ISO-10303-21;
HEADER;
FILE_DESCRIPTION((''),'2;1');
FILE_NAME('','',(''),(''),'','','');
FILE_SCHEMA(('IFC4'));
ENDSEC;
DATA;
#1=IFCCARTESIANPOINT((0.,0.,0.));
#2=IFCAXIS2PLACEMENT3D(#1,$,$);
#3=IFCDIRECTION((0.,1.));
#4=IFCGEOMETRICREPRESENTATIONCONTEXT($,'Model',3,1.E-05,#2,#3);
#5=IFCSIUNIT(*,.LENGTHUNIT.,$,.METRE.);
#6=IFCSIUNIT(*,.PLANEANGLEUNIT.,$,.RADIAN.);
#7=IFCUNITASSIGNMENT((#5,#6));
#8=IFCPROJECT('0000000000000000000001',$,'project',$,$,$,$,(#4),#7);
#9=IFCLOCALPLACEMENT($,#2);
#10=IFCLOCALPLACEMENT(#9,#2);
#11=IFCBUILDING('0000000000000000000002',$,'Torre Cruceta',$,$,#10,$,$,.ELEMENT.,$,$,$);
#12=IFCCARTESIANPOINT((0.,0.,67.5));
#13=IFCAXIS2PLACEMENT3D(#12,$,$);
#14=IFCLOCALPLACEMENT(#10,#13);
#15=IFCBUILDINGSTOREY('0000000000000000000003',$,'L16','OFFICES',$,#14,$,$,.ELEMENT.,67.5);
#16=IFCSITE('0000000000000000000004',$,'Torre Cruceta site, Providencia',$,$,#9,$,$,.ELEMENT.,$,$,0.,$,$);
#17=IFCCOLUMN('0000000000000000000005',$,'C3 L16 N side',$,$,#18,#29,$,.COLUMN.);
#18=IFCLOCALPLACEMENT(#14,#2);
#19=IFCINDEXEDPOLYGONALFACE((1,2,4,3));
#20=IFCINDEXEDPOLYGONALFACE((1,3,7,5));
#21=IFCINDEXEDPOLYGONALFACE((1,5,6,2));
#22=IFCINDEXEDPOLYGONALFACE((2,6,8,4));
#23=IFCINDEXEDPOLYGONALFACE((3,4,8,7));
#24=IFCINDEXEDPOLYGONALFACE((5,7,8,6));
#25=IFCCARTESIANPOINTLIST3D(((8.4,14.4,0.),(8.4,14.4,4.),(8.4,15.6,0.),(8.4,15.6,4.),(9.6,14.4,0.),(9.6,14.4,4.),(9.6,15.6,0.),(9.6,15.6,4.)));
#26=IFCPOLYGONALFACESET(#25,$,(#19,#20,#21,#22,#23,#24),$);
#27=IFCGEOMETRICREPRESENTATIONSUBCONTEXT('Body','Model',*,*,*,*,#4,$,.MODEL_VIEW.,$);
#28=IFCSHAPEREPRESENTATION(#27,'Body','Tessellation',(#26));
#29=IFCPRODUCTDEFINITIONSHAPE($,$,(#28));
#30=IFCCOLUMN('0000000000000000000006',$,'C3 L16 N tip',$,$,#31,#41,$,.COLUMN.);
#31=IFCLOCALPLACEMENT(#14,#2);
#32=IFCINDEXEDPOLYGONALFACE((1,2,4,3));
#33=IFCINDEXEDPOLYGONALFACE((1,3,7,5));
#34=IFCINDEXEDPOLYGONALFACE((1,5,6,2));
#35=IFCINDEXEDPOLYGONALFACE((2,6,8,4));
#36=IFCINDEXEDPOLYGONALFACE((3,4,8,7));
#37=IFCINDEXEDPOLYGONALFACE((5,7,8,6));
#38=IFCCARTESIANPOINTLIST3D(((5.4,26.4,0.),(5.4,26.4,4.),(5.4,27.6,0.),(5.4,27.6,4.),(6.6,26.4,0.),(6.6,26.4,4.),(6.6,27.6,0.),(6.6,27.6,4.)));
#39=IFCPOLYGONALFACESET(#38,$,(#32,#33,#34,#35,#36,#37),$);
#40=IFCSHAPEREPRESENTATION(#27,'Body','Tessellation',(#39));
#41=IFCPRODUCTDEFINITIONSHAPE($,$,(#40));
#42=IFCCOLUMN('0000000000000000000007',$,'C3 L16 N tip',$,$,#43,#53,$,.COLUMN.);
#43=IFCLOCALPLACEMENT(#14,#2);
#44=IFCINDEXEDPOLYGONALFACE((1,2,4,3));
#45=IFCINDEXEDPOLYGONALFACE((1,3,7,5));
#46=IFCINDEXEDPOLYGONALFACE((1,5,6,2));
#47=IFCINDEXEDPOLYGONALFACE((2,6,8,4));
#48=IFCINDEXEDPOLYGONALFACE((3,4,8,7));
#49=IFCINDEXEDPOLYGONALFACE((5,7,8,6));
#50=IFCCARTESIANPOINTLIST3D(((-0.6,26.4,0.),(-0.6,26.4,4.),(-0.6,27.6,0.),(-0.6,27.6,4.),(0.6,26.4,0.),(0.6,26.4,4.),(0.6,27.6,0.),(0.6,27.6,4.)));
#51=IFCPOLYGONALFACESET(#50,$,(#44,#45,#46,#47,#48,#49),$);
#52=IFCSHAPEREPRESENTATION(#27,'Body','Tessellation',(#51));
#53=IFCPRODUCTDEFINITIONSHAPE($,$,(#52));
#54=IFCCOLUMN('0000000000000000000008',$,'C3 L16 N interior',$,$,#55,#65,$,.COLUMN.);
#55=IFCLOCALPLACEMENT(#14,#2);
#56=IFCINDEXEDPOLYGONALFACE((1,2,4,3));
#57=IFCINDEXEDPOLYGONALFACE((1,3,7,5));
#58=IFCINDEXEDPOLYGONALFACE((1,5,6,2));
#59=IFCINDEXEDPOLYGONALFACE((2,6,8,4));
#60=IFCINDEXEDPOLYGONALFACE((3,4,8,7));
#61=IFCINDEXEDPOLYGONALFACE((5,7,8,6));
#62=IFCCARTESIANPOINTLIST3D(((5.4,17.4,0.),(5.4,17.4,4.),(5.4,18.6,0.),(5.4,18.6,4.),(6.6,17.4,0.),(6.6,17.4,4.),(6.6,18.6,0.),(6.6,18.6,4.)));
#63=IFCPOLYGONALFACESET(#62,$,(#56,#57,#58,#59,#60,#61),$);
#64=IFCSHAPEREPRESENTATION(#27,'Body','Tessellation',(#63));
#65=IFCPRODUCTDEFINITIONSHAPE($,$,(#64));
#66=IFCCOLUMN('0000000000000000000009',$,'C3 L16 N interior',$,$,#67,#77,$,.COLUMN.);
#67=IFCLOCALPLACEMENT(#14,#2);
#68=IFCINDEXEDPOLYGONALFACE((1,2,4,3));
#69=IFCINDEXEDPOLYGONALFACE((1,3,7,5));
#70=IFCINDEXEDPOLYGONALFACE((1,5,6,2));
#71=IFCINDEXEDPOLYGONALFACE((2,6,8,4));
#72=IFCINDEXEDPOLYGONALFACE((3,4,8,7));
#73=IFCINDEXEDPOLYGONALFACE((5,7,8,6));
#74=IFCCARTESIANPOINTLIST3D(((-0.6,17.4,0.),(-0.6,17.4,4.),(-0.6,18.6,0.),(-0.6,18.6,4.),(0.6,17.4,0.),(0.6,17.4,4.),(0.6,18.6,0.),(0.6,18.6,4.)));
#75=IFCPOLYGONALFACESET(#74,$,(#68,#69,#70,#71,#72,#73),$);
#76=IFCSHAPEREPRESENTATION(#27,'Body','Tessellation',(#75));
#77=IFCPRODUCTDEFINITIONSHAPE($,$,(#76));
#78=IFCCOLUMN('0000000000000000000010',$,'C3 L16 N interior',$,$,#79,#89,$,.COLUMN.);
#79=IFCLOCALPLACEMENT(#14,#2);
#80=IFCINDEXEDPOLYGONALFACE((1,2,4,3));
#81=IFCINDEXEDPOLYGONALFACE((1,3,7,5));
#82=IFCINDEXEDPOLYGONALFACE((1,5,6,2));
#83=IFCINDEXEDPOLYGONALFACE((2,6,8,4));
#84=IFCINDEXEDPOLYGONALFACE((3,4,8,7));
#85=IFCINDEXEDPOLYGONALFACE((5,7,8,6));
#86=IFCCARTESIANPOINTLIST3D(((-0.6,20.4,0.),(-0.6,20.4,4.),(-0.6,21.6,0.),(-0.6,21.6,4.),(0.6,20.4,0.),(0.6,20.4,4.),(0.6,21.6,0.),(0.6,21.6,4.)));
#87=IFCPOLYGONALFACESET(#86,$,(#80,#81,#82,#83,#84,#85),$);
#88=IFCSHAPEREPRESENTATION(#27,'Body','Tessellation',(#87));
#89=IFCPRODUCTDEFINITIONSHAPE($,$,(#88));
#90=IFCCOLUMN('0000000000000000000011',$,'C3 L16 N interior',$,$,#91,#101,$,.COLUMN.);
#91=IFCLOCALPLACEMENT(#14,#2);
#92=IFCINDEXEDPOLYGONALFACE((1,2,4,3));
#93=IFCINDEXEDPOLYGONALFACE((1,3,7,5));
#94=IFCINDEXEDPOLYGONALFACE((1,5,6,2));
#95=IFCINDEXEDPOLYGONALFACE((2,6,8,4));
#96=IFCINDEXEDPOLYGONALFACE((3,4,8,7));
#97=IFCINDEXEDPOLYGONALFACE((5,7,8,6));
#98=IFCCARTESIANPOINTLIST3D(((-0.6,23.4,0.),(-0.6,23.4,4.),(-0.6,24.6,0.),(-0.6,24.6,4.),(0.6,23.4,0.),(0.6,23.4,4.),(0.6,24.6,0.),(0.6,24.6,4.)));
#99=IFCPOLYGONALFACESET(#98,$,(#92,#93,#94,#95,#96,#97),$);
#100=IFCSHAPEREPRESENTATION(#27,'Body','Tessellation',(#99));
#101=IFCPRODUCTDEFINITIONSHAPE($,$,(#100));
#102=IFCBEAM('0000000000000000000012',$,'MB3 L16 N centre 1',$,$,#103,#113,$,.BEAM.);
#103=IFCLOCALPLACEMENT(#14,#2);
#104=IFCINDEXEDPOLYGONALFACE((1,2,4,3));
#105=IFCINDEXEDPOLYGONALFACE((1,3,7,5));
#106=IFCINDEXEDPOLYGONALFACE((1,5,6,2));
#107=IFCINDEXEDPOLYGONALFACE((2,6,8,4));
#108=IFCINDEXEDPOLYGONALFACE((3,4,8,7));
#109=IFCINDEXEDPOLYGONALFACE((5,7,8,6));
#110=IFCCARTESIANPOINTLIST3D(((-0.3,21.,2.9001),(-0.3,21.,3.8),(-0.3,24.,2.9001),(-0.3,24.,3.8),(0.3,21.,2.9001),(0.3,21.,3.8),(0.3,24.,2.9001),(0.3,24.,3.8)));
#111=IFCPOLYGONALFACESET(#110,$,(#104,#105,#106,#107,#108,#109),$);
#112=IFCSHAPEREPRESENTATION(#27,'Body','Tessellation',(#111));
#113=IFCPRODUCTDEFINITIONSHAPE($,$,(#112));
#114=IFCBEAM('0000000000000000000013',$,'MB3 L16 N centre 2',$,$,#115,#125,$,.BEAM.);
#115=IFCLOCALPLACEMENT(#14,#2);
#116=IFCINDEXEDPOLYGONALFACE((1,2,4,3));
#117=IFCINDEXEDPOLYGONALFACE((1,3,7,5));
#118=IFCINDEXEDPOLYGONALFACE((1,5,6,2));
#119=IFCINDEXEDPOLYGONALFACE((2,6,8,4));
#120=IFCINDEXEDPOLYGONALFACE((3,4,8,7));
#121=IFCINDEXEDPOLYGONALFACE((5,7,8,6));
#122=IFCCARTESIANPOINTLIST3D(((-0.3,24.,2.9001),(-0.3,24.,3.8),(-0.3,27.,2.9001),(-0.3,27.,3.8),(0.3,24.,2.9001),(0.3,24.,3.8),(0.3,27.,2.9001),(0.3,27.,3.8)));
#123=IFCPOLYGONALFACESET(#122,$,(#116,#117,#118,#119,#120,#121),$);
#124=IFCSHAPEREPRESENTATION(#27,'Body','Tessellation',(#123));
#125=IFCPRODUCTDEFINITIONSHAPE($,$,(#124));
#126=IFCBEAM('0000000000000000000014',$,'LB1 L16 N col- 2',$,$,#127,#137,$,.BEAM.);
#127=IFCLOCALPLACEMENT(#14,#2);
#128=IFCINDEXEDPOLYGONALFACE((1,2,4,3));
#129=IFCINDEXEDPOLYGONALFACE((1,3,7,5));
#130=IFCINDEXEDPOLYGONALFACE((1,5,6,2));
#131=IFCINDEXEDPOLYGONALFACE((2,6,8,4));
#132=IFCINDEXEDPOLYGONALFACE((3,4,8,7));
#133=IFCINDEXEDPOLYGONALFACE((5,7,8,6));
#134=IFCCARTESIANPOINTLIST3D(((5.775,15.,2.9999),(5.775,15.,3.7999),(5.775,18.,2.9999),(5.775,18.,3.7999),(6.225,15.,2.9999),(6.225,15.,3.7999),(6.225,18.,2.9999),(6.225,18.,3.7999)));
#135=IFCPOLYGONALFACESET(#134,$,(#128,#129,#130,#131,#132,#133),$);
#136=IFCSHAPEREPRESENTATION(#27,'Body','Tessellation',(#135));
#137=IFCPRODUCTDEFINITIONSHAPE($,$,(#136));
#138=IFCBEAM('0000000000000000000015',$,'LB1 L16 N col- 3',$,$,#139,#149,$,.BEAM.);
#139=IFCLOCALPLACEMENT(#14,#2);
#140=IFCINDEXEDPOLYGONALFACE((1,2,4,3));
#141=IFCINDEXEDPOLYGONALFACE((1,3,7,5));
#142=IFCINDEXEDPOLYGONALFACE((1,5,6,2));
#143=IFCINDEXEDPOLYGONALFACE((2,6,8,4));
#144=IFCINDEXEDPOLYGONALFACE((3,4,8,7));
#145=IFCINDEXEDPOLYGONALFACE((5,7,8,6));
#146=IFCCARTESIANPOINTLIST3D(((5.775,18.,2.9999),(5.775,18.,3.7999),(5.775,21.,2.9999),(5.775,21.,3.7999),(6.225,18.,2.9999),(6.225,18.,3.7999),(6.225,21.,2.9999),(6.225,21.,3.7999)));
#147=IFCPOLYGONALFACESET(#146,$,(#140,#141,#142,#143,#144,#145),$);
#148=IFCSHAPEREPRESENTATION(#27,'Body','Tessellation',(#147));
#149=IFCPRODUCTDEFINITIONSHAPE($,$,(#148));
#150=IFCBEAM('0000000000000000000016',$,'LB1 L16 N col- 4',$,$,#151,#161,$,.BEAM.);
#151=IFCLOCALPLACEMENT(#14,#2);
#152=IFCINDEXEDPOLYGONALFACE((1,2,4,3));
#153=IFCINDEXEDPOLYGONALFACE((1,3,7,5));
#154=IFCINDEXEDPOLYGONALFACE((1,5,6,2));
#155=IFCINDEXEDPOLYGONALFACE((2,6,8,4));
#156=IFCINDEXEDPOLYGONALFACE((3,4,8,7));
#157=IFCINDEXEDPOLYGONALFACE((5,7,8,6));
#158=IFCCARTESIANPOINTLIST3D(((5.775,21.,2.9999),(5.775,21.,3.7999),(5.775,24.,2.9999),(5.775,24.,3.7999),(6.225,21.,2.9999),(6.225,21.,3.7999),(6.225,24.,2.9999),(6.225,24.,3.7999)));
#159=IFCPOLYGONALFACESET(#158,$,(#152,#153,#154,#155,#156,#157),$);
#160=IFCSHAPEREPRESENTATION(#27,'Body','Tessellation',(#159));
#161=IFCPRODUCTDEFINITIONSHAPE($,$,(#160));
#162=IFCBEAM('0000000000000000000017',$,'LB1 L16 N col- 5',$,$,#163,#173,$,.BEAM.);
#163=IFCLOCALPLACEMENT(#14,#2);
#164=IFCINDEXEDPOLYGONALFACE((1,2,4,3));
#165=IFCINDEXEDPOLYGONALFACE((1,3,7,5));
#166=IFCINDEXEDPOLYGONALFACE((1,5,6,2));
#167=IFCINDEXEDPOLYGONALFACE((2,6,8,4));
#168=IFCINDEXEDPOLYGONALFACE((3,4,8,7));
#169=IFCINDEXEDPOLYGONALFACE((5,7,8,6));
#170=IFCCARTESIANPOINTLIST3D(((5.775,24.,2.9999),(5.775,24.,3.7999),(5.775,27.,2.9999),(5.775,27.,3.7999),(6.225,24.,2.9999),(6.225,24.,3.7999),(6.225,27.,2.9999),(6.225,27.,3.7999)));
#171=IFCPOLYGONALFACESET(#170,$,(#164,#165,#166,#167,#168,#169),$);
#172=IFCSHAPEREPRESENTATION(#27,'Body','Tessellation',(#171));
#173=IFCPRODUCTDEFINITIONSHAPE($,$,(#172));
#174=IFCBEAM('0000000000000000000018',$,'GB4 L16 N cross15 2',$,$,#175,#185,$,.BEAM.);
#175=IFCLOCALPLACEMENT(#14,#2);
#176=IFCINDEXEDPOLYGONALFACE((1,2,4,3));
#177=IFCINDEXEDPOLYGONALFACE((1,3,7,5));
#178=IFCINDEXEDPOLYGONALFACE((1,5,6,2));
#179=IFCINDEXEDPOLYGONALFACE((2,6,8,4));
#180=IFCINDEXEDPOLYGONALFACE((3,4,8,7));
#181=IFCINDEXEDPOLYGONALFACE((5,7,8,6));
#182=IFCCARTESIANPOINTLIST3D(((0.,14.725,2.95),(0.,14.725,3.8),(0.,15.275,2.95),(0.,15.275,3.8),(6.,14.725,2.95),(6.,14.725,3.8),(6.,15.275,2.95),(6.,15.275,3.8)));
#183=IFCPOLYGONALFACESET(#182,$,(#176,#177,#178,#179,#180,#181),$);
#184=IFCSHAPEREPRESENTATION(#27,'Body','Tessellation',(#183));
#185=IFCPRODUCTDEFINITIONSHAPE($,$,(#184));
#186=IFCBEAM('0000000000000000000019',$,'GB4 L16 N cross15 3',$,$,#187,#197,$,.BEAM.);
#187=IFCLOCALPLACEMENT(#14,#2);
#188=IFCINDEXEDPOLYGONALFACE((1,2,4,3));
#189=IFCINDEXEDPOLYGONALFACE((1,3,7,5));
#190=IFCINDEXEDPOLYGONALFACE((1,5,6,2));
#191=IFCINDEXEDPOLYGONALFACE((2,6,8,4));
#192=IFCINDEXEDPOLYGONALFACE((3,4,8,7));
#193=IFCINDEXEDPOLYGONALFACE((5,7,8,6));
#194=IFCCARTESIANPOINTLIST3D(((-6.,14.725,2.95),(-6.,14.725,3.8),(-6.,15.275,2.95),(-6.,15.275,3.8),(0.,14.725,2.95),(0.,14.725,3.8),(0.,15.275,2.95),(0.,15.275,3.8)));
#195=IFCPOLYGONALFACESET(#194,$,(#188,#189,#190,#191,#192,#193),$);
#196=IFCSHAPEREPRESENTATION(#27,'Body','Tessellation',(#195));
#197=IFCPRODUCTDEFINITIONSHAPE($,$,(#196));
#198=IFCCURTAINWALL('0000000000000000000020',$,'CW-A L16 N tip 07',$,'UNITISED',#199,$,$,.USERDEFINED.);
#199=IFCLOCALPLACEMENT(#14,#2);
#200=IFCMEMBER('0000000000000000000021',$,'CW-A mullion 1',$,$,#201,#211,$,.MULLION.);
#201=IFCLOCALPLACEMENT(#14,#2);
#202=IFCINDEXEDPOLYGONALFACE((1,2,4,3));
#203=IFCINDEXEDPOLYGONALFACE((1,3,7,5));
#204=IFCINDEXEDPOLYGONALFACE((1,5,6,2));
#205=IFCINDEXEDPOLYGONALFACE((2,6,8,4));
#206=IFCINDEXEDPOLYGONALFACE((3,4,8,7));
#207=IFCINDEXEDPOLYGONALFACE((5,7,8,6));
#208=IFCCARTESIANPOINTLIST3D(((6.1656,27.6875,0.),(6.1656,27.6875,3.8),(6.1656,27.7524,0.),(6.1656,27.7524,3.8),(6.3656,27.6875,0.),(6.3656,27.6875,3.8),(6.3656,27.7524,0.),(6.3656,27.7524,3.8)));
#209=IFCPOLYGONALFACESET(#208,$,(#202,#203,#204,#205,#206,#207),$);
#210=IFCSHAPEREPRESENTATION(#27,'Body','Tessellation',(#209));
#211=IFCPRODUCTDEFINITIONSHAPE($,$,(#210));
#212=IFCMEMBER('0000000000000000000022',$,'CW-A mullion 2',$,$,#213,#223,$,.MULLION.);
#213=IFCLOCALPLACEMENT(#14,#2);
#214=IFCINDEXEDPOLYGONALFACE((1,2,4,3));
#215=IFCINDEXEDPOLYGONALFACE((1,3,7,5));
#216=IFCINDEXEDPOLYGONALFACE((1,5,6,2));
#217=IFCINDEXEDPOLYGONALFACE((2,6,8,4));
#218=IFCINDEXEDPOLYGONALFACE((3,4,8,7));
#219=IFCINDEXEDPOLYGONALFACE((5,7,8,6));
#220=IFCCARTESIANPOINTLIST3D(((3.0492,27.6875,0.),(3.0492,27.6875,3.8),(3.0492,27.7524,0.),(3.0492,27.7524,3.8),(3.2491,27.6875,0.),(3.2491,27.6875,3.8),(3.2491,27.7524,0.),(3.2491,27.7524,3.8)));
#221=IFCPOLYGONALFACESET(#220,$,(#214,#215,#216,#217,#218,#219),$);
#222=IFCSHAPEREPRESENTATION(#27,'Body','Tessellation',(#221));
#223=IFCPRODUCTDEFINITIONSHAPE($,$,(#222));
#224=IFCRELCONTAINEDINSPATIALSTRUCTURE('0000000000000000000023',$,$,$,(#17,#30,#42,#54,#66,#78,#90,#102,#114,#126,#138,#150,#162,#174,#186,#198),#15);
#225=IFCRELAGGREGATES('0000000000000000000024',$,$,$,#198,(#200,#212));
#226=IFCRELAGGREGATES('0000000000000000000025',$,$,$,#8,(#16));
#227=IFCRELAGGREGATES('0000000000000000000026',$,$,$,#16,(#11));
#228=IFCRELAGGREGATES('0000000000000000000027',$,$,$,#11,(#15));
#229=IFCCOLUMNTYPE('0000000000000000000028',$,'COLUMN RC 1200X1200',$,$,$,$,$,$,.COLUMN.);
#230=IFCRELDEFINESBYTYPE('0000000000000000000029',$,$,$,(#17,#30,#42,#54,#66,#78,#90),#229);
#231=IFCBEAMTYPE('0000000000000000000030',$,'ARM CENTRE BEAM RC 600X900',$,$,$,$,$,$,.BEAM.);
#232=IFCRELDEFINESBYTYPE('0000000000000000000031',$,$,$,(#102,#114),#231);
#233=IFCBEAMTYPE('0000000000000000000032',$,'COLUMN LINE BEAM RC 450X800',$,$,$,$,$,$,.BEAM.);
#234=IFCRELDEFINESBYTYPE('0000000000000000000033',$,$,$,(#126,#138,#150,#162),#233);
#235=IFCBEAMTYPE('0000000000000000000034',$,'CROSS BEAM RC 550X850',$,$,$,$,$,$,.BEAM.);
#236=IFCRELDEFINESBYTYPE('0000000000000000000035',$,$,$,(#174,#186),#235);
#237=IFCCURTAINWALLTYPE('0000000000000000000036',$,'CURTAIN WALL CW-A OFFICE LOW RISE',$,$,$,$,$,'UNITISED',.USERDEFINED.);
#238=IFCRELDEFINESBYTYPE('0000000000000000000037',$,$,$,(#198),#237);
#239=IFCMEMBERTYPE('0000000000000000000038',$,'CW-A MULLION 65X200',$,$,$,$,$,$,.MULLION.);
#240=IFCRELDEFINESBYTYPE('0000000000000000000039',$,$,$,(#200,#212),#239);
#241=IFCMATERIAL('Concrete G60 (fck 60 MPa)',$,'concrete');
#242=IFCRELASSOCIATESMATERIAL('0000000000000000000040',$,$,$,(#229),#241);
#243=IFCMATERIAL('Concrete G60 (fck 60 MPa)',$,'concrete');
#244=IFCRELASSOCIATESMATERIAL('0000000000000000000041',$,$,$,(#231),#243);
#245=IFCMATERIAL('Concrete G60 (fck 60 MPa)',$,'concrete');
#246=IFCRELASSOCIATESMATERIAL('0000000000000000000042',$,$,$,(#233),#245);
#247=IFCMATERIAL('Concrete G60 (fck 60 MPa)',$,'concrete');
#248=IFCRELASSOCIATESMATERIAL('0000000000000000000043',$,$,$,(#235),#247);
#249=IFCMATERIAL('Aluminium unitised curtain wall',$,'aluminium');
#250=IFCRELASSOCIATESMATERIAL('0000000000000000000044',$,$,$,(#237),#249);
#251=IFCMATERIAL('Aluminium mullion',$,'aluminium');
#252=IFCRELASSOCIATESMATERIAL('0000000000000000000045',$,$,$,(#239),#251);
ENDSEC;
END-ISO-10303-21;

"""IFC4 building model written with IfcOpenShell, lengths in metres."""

from ifc_helpers import new_model, si_unit, direction, frame, origin, origin_2d, place, context, subcontext, project, spatial, rectangle, extrude, material, material_profile, profile_set, type_object, element, aggregate, save


model = new_model("IFC4")

# Units and contexts
model_context = context("Model", 3, precision=1e-05, world=origin(), true_north=direction((0.0, 1.0)))
body_context = subcontext(model_context, "Body", "Model", "MODEL_VIEW")
ifc_project = project(units=[si_unit("LENGTHUNIT", "METRE"), si_unit("PLANEANGLEUNIT", "RADIAN")], contexts=[model_context])

# Site, building, storey
site_placement = place(None, origin())
site = spatial("IfcSite", under=ifc_project, at=site_placement, Name="Torre Cruceta site, Providencia", CompositionType="ELEMENT", RefElevation=0.0)
building_placement = place(site_placement, origin())
building = spatial("IfcBuilding", under=site, at=building_placement, Name="Torre Cruceta", CompositionType="ELEMENT")
storey_placement = place(building_placement, frame((0.0, 0.0, 67.5)))
storey = spatial("IfcBuildingStorey", under=building, at=storey_placement, Name="L16", Description="OFFICES", CompositionType="ELEMENT", Elevation=67.5)

# Columns
ifc_material_1 = material(Name="Concrete G60 (fck 60 MPa)", Category="concrete")
ifc_material_profile_1 = material_profile(ifc_material_1, rectangle(XDim=1.2, YDim=1.2, at=origin_2d()), Name="RC 1200X1200")
ifc_profile_set_1 = profile_set([ifc_material_profile_1], Name="Concrete G60 (fck 60 MPa)")
column_type = type_object("IfcColumnType", Name="COLUMN RC 1200X1200", PredefinedType="COLUMN", material=ifc_profile_set_1)
for number, where, z_axis, x_axis, name in (
    (1, (9.0, 15.0, 0.0), (0.0, 0.0, 1.0), (1.0, 0.0, 0.0), "C3 L16 N side"),
    (2, (6.0, 27.0, 0.0), (0.0, 0.0, 1.0), (1.0, 0.0, 0.0), "C3 L16 N tip"),
    (3, (0.0, 27.0, 0.0), (0.0, 0.0, 1.0), (1.0, 0.0, 0.0), "C3 L16 N tip"),
    (4, (6.0, 18.0, 0.0), (0.0, 0.0, 1.0), (1.0, 0.0, 0.0), "C3 L16 N interior"),
    (5, (0.0, 18.0, 0.0), (0.0, 0.0, 1.0), (1.0, 0.0, 0.0), "C3 L16 N interior"),
    (6, (0.0, 21.0, 0.0), (0.0, 0.0, 1.0), (1.0, 0.0, 0.0), "C3 L16 N interior"),
    (7, (0.0, 24.0, 0.0), (0.0, 0.0, 1.0), (1.0, 0.0, 0.0), "C3 L16 N interior"),
):
    element("IfcColumn", number, at=place(storey_placement, frame(where, z_axis=z_axis, x_axis=x_axis)), inside=storey, type_object=column_type, Name=name, PredefinedType="COLUMN", context=body_context, shape_type="SweptSolid", body=[
        extrude(rectangle(XDim=1.2, YDim=1.2, at=origin_2d()), origin(), (0.0, 0.0, 1.0), 4.0),
    ])

# Beams
ifc_material_2 = material(Name="Concrete G60 (fck 60 MPa)", Category="concrete")
ifc_material_profile_2 = material_profile(ifc_material_2, rectangle(XDim=0.6001, YDim=0.8999, at=origin_2d()), Name="RC 600X900")
ifc_profile_set_2 = profile_set([ifc_material_profile_2], Name="Concrete G60 (fck 60 MPa)")
beam_type_1 = type_object("IfcBeamType", Name="ARM CENTRE BEAM RC 600X900", PredefinedType="BEAM", material=ifc_profile_set_2)
for number, where, z_axis, x_axis, name in (
    (8, (0.0, 21.0, 3.3501), (0.0, 1.0, 0.0), (-1.0, 0.0, 0.0), "MB3 L16 N centre 1"),
    (9, (0.0, 24.0, 3.3501), (0.0, 1.0, 0.0), (-1.0, 0.0, 0.0), "MB3 L16 N centre 2"),
):
    element("IfcBeam", number, at=place(storey_placement, frame(where, z_axis=z_axis, x_axis=x_axis)), inside=storey, type_object=beam_type_1, Name=name, PredefinedType="BEAM", context=body_context, shape_type="SweptSolid", body=[
        extrude(rectangle(XDim=0.6001, YDim=0.8999, at=origin_2d()), origin(), (0.0, 0.0, 1.0), 3.0),
    ])
ifc_material_3 = material(Name="Concrete G60 (fck 60 MPa)", Category="concrete")
ifc_material_profile_3 = material_profile(ifc_material_3, rectangle(XDim=0.45, YDim=0.8, at=origin_2d()), Name="RC 450X800")
ifc_profile_set_3 = profile_set([ifc_material_profile_3], Name="Concrete G60 (fck 60 MPa)")
beam_type_2 = type_object("IfcBeamType", Name="COLUMN LINE BEAM RC 450X800", PredefinedType="BEAM", material=ifc_profile_set_3)
for number, where, z_axis, x_axis, name in (
    (10, (6.0, 15.0, 3.3999), (0.0, 1.0, 0.0), (-1.0, 0.0, 0.0), "LB1 L16 N col- 2"),
    (11, (6.0, 18.0, 3.3999), (0.0, 1.0, 0.0), (-1.0, 0.0, 0.0), "LB1 L16 N col- 3"),
    (12, (6.0, 21.0, 3.3999), (0.0, 1.0, 0.0), (-1.0, 0.0, 0.0), "LB1 L16 N col- 4"),
    (13, (6.0, 24.0, 3.3999), (0.0, 1.0, 0.0), (-1.0, 0.0, 0.0), "LB1 L16 N col- 5"),
):
    element("IfcBeam", number, at=place(storey_placement, frame(where, z_axis=z_axis, x_axis=x_axis)), inside=storey, type_object=beam_type_2, Name=name, PredefinedType="BEAM", context=body_context, shape_type="SweptSolid", body=[
        extrude(rectangle(XDim=0.45, YDim=0.8, at=origin_2d()), origin(), (0.0, 0.0, 1.0), 3.0),
    ])
ifc_material_4 = material(Name="Concrete G60 (fck 60 MPa)", Category="concrete")
ifc_material_profile_4 = material_profile(ifc_material_4, rectangle(XDim=0.55, YDim=0.8501, at=origin_2d()), Name="RC 550X850")
ifc_profile_set_4 = profile_set([ifc_material_profile_4], Name="Concrete G60 (fck 60 MPa)")
beam_type_3 = type_object("IfcBeamType", Name="CROSS BEAM RC 550X850", PredefinedType="BEAM", material=ifc_profile_set_4)
for number, where, z_axis, x_axis, name in (
    (14, (6.0, 15.0, 3.375), (-1.0, 0.0, 0.0), (0.0, -1.0, 0.0), "GB4 L16 N cross15 2"),
    (15, (0.0, 15.0, 3.375), (-1.0, 0.0, 0.0), (0.0, -1.0, 0.0), "GB4 L16 N cross15 3"),
):
    element("IfcBeam", number, at=place(storey_placement, frame(where, z_axis=z_axis, x_axis=x_axis)), inside=storey, type_object=beam_type_3, Name=name, PredefinedType="BEAM", context=body_context, shape_type="SweptSolid", body=[
        extrude(rectangle(XDim=0.55, YDim=0.8501, at=origin_2d()), origin(), (0.0, 0.0, 1.0), 6.0),
    ])

# Curtain wall, members
ifc_material_5 = material(Name="Aluminium unitised curtain wall", Category="aluminium")
curtain_wall_type = type_object("IfcCurtainWallType", Name="CURTAIN WALL CW-A OFFICE LOW RISE", ElementType="UNITISED", PredefinedType="USERDEFINED", material=ifc_material_5)
curtain_wall_placement = place(storey_placement, origin())
curtain_wall = element("IfcCurtainWall", 16, at=curtain_wall_placement, inside=storey, type_object=curtain_wall_type, Name="CW-A L16 N tip 07", ObjectType="UNITISED", PredefinedType="USERDEFINED")
ifc_material_6 = material(Name="Aluminium mullion", Category="aluminium")
ifc_material_profile_5 = material_profile(ifc_material_6, rectangle(XDim=0.0649, YDim=0.2, at=origin_2d()), Name="AL 65X200")
ifc_profile_set_5 = profile_set([ifc_material_profile_5], Name="Aluminium mullion")
member_type_1 = type_object("IfcMemberType", Name="CW-A MULLION 65X200", PredefinedType="MULLION", material=ifc_profile_set_5)
member_1_placement = place(storey_placement, frame((6.2656, 27.72, 0.0), z_axis=(0.0, 0.0, 1.0), x_axis=(0.0, -1.0, 0.0)))
member_1 = element("IfcMember", 17, at=member_1_placement, type_object=member_type_1, Name="CW-A mullion 1", PredefinedType="MULLION", context=body_context, shape_type="SweptSolid", body=[
    extrude(rectangle(XDim=0.0649, YDim=0.2, at=origin_2d()), origin(), (0.0, 0.0, 1.0), 3.8),
])
member_2_placement = place(storey_placement, frame((3.1492, 27.72, 0.0), z_axis=(0.0, 0.0, 1.0), x_axis=(0.0, -1.0, 0.0)))
member_2 = element("IfcMember", 18, at=member_2_placement, type_object=member_type_1, Name="CW-A mullion 2", PredefinedType="MULLION", context=body_context, shape_type="SweptSolid", body=[
    extrude(rectangle(XDim=0.0649, YDim=0.2, at=origin_2d()), origin(), (0.0, 0.0, 1.0), 3.8),
])

aggregate(curtain_wall, [member_1, member_2])

save(model, "model.ifc")
